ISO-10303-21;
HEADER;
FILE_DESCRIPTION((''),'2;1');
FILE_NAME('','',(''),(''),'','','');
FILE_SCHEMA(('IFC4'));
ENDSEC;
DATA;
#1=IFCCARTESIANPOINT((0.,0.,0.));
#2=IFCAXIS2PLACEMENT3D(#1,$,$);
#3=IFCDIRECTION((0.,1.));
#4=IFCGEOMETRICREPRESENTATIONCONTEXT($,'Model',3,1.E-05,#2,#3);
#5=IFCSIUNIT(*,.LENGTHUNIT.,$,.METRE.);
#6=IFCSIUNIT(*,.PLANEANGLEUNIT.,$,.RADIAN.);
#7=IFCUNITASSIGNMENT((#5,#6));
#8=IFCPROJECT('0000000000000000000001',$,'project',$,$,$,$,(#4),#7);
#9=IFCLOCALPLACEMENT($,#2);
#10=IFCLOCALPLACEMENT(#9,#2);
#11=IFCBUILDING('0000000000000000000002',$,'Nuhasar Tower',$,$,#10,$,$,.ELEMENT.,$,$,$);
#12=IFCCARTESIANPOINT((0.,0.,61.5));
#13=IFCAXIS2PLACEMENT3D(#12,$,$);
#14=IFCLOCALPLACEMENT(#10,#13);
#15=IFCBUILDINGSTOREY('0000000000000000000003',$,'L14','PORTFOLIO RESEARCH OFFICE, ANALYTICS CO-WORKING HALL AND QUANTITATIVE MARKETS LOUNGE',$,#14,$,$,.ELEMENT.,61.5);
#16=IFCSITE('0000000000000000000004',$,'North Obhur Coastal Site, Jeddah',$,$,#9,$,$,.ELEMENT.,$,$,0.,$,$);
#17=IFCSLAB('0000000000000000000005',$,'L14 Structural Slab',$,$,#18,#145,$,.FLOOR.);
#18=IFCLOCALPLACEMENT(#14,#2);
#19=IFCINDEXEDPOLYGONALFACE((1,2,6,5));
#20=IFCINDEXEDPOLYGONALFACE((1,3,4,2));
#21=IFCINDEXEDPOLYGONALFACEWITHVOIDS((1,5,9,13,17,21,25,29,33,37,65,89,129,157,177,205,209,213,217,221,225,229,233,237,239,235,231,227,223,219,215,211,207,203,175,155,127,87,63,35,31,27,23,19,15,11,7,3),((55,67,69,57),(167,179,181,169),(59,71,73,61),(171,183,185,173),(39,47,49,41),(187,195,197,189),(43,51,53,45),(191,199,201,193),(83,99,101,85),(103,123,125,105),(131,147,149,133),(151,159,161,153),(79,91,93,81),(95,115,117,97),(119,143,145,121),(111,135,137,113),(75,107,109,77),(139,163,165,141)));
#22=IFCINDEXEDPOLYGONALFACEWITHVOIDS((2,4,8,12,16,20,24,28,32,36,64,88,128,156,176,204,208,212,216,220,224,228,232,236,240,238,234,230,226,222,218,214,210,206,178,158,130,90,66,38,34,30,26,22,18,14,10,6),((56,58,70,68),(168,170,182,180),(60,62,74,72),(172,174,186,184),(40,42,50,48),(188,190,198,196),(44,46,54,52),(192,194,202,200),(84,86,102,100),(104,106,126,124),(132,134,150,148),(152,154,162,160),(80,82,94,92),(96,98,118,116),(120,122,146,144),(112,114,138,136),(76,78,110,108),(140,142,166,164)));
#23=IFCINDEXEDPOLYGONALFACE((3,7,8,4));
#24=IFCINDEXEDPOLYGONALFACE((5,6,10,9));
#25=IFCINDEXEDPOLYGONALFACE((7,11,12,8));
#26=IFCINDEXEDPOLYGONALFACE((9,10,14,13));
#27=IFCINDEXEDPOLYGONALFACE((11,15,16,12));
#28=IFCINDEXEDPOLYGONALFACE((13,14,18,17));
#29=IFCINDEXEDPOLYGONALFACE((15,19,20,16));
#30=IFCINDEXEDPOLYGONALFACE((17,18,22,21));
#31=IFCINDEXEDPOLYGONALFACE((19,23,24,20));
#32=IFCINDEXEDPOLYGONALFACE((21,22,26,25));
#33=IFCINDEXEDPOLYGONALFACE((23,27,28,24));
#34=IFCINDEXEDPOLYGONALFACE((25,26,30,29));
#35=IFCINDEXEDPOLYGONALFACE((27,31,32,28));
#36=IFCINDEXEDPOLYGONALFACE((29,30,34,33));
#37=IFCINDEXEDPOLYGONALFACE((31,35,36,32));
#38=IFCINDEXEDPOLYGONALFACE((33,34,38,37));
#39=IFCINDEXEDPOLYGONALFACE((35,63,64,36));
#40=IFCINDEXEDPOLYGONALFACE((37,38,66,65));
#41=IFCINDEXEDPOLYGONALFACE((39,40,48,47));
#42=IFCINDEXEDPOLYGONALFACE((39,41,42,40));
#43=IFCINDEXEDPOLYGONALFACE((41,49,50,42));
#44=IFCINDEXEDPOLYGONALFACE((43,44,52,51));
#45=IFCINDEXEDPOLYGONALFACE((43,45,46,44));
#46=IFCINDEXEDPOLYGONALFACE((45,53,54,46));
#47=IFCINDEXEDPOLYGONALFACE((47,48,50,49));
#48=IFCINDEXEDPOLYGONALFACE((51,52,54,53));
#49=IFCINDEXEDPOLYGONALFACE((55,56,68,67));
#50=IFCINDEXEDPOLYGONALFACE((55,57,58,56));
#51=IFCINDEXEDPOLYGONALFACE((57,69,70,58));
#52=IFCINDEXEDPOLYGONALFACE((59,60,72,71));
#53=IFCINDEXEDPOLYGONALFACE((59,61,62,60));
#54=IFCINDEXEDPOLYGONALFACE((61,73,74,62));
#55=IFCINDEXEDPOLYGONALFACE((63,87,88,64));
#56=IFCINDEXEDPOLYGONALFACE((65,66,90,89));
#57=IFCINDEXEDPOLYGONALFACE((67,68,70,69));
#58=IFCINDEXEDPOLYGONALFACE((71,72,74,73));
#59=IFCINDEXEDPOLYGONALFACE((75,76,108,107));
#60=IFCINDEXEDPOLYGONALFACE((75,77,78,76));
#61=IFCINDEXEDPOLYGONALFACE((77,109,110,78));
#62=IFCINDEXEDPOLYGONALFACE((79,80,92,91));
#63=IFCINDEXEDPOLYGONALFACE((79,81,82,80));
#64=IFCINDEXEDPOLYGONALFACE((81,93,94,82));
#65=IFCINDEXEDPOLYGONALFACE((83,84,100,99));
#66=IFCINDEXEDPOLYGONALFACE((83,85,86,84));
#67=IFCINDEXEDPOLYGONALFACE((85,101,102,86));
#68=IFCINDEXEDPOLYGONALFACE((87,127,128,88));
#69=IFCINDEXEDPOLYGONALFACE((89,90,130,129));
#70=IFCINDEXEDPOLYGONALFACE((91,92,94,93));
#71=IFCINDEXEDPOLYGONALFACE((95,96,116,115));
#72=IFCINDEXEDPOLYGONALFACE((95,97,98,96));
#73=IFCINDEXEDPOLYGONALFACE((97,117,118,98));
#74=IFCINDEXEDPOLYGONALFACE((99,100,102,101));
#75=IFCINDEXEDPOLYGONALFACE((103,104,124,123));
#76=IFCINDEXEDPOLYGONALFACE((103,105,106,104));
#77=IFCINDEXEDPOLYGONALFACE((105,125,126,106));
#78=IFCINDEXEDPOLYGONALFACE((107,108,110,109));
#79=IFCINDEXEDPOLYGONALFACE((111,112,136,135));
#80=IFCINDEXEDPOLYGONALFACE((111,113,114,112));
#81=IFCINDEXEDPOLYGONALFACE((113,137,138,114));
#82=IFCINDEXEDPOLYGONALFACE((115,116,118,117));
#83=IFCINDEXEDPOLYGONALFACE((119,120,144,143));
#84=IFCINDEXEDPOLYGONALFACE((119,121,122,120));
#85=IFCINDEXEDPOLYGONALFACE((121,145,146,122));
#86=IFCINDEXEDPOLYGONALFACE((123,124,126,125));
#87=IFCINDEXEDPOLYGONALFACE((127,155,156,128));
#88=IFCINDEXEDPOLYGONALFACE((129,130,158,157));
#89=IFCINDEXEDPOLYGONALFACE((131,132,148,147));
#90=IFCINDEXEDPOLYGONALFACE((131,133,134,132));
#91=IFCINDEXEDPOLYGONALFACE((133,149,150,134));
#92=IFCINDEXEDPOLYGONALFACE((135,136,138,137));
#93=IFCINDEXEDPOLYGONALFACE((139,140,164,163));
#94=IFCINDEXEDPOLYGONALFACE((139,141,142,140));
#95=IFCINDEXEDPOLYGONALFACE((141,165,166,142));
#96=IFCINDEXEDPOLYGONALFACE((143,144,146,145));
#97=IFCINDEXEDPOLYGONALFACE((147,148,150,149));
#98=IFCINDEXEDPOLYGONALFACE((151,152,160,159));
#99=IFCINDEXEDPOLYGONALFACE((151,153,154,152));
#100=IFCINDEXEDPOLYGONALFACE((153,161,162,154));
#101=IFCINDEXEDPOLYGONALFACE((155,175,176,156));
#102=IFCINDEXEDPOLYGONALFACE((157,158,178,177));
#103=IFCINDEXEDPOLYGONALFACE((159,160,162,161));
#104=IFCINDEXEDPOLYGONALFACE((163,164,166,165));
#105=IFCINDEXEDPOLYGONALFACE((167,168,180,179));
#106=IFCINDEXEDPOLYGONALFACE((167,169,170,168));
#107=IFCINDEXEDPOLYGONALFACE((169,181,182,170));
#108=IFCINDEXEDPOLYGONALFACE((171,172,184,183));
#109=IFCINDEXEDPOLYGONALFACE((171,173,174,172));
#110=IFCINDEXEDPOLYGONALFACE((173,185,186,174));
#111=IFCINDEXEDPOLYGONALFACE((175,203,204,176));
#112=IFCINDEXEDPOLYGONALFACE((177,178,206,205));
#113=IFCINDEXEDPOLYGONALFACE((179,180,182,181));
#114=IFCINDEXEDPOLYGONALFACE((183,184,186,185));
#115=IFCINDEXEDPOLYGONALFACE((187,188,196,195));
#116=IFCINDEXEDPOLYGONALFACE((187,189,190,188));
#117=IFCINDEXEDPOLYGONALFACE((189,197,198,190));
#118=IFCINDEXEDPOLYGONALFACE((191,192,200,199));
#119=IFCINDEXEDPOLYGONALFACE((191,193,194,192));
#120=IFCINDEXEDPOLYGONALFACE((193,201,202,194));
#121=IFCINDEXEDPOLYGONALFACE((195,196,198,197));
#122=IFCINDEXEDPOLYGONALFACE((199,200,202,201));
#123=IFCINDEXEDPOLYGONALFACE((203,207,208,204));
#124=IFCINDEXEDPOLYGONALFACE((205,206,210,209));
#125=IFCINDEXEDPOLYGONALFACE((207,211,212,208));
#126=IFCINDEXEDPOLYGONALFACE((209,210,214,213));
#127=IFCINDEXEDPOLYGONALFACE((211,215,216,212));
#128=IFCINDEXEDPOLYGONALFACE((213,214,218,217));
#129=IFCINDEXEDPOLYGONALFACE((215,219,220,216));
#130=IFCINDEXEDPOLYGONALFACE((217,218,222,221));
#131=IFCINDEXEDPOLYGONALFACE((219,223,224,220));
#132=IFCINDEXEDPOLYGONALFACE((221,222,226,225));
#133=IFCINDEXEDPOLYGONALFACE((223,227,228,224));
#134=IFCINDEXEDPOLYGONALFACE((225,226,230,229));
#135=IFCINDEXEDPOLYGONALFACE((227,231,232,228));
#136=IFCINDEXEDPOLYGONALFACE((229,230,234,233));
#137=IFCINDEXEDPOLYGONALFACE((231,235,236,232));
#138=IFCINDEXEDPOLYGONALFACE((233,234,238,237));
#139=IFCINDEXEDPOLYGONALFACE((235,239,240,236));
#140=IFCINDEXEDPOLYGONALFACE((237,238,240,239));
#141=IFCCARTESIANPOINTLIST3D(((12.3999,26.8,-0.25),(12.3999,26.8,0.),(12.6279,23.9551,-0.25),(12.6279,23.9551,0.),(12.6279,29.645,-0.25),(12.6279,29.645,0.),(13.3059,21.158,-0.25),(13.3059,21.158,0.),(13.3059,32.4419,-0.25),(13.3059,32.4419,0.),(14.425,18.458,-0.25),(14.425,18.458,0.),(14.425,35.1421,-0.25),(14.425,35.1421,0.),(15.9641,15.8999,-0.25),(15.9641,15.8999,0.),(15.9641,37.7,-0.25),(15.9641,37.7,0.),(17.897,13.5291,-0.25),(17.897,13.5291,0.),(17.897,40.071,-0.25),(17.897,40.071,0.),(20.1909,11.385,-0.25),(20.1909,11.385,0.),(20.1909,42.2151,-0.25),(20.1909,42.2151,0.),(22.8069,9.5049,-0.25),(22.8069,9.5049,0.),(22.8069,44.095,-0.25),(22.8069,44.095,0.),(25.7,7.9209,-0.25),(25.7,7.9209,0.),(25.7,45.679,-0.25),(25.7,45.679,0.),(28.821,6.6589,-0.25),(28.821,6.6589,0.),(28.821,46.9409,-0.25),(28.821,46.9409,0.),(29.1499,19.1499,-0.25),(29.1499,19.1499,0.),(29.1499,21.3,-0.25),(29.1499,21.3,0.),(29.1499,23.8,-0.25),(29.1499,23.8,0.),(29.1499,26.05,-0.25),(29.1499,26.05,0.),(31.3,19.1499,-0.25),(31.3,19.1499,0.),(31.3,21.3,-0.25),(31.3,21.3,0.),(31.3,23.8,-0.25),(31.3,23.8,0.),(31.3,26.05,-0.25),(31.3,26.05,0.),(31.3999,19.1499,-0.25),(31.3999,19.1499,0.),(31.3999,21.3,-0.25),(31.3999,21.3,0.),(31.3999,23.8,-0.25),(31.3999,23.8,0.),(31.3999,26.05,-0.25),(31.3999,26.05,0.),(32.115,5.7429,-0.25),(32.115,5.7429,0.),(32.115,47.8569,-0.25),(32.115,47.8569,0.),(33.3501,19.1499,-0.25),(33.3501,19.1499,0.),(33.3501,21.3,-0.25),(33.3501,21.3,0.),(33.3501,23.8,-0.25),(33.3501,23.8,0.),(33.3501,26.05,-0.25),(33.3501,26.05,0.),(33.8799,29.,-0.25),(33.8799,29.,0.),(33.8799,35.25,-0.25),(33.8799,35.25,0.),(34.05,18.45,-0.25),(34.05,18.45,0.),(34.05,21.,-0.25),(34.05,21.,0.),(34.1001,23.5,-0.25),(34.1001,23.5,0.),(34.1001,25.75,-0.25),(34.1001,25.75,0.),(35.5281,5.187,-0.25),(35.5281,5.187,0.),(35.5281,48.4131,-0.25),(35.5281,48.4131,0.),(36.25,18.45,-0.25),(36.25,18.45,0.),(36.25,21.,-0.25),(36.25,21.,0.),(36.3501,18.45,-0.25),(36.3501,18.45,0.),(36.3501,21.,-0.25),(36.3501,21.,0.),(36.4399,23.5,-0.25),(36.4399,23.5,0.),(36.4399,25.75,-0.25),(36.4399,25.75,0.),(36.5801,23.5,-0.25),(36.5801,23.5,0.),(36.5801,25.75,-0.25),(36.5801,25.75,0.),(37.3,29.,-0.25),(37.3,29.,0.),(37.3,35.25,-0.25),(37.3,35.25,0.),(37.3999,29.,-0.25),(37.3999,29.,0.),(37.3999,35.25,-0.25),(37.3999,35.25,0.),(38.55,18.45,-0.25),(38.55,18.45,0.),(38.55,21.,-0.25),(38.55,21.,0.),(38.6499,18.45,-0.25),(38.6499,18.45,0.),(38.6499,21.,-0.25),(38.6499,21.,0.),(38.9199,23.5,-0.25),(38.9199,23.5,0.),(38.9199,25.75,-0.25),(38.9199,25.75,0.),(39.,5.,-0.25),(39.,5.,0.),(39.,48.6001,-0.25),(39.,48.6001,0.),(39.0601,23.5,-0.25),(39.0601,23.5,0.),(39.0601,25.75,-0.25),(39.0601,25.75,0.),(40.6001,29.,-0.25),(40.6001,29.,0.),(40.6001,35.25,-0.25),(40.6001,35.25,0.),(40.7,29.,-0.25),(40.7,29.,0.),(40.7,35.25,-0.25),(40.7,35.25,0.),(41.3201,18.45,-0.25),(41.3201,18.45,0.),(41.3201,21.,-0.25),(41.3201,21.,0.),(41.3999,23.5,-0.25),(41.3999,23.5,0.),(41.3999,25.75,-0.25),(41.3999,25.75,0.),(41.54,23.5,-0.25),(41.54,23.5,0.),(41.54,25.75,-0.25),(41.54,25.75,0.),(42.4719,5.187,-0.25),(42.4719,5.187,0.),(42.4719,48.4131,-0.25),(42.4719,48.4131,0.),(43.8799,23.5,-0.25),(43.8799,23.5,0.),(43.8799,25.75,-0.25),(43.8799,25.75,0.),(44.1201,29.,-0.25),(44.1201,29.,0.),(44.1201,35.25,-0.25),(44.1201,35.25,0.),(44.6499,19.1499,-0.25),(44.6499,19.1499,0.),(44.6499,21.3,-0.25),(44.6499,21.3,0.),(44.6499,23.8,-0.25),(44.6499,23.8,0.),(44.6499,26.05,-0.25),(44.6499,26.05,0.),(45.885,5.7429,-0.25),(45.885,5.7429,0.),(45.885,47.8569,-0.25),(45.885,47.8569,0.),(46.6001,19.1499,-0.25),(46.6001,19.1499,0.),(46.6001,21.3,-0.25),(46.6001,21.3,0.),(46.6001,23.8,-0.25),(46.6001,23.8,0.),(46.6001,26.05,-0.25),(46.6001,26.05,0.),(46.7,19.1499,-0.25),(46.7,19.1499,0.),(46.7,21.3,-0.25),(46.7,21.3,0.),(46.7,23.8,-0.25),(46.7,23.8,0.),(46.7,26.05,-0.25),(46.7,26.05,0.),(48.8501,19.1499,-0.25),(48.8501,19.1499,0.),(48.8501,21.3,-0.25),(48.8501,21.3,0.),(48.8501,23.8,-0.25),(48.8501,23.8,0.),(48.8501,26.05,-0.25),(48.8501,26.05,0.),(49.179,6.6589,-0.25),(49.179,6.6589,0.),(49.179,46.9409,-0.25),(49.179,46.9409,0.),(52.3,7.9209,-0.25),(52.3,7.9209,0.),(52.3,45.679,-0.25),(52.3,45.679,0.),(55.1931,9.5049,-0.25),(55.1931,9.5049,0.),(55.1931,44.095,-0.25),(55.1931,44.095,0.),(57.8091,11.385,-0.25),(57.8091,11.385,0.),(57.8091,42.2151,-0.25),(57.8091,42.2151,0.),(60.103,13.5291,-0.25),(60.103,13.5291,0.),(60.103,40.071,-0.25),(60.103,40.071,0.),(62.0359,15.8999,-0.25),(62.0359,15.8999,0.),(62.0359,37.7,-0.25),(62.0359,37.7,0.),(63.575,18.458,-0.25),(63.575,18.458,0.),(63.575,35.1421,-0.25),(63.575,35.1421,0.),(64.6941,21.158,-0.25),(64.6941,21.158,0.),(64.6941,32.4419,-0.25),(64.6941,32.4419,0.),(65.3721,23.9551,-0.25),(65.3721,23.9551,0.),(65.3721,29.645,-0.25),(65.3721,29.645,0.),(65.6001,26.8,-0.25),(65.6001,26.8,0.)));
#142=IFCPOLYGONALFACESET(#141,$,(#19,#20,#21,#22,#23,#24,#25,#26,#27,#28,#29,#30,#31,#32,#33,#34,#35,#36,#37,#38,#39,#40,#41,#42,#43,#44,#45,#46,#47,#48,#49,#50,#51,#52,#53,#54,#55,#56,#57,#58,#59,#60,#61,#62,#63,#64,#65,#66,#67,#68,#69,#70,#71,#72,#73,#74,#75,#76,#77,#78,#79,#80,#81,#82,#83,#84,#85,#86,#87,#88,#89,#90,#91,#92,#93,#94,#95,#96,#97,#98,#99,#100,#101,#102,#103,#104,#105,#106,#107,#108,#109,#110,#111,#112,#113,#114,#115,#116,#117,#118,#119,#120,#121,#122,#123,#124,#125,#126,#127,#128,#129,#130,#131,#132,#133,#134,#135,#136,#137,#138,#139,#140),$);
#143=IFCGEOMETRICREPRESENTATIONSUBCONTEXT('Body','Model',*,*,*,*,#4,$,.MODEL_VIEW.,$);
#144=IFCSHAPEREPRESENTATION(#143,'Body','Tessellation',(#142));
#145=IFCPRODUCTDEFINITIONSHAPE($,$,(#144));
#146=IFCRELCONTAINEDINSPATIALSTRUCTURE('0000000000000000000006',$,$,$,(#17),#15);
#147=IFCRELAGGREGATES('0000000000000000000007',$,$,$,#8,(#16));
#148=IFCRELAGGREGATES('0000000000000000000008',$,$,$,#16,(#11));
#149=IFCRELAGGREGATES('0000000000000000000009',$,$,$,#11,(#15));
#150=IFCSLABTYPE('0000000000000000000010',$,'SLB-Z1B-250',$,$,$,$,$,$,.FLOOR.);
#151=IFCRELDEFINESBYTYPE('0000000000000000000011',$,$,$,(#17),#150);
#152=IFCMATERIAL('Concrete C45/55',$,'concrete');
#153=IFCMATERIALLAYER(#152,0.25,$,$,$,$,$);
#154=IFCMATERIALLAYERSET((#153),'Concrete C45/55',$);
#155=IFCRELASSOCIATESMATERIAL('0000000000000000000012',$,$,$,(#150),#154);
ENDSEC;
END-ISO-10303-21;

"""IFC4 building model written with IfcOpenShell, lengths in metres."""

from ifc_helpers import new_model, si_unit, direction, frame, origin, place, context, subcontext, project, spatial, polyline, outline, extrude, material, layer, layer_set, type_object, element, save


model = new_model("IFC4")

# Units and contexts
model_context = context("Model", 3, precision=1e-05, world=origin(), true_north=direction((0.0, 1.0)))
body_context = subcontext(model_context, "Body", "Model", "MODEL_VIEW")
ifc_project = project(units=[si_unit("LENGTHUNIT", "METRE"), si_unit("PLANEANGLEUNIT", "RADIAN")], contexts=[model_context])

# Site, building, storey
site_placement = place(None, origin())
site = spatial("IfcSite", under=ifc_project, at=site_placement, Name="North Obhur Coastal Site, Jeddah", CompositionType="ELEMENT", RefElevation=0.0)
building_placement = place(site_placement, origin())
building = spatial("IfcBuilding", under=site, at=building_placement, Name="Nuhasar Tower", CompositionType="ELEMENT")
storey_placement = place(building_placement, frame((0.0, 0.0, 61.5)))
storey = spatial("IfcBuildingStorey", under=building, at=storey_placement, Name="L14", Description="PORTFOLIO RESEARCH OFFICE, ANALYTICS CO-WORKING HALL AND QUANTITATIVE MARKETS LOUNGE", CompositionType="ELEMENT", Elevation=61.5)

# Shared definitions
ifc_material_1 = material(Name="Concrete C45/55", Category="concrete")

# Slab
ifc_layer_1 = layer(ifc_material_1, 0.25)
ifc_layer_set_1 = layer_set([ifc_layer_1], Name="Concrete C45/55")
slab_type_1 = type_object("IfcSlabType", Name="SLB-Z1B-250", PredefinedType="FLOOR", material=ifc_layer_set_1)
slab_1_placement = place(storey_placement, frame((0.0, 0.0, -0.25)))
element("IfcSlab", 1, at=slab_1_placement, inside=storey, type_object=slab_type_1, Name="L14 Structural Slab", PredefinedType="FLOOR", context=body_context, shape_type="SweptSolid", body=[
    extrude(outline(polyline([(65.6001, 26.8), (65.3721, 29.645), (64.6941, 32.4419), (63.575, 35.1421), (62.0359, 37.7), (60.103, 40.071), (57.8091, 42.2151), (55.1931, 44.095), (52.3, 45.679), (49.179, 46.9409), (45.885, 47.8569), (42.4719, 48.4131), (39.0, 48.6001), (35.5281, 48.4131), (32.115, 47.8569), (28.821, 46.9409), (25.7, 45.679), (22.8069, 44.095), (20.1909, 42.2151), (17.897, 40.071), (15.9641, 37.7), (14.425, 35.1421), (13.3059, 32.4419), (12.6279, 29.645), (12.3999, 26.8), (12.6279, 23.9551), (13.3059, 21.158), (14.425, 18.458), (15.9641, 15.8999), (17.897, 13.5291), (20.1909, 11.385), (22.8069, 9.5049), (25.7, 7.9209), (28.821, 6.6589), (32.115, 5.7429), (35.5281, 5.187), (39.0, 5.0), (42.4719, 5.187), (45.885, 5.7429), (49.179, 6.6589), (52.3, 7.9209), (55.1931, 9.5049), (57.8091, 11.385), (60.103, 13.5291), (62.0359, 15.8999), (63.575, 18.458), (64.6941, 21.158), (65.3721, 23.9551), (65.6001, 26.8)]), holes=[polyline([(33.8799, 35.25), (37.3, 35.25), (37.3, 29.0), (33.8799, 29.0), (33.8799, 35.25)]), polyline([(37.3999, 35.25), (40.6001, 35.25), (40.6001, 29.0), (37.3999, 29.0), (37.3999, 35.25)]), polyline([(40.7, 35.25), (44.1201, 35.25), (44.1201, 29.0), (40.7, 29.0), (40.7, 35.25)]), polyline([(29.1499, 26.05), (31.3, 26.05), (31.3, 23.8), (29.1499, 23.8), (29.1499, 26.05)]), polyline([(31.3999, 26.05), (33.3501, 26.05), (33.3501, 23.8), (31.3999, 23.8), (31.3999, 26.05)]), polyline([(29.1499, 21.3), (31.3, 21.3), (31.3, 19.1499), (29.1499, 19.1499), (29.1499, 21.3)]), polyline([(31.3999, 21.3), (33.3501, 21.3), (33.3501, 19.1499), (31.3999, 19.1499), (31.3999, 21.3)]), polyline([(44.6499, 26.05), (46.6001, 26.05), (46.6001, 23.8), (44.6499, 23.8), (44.6499, 26.05)]), polyline([(46.7, 26.05), (48.8501, 26.05), (48.8501, 23.8), (46.7, 23.8), (46.7, 26.05)]), polyline([(44.6499, 21.3), (46.6001, 21.3), (46.6001, 19.1499), (44.6499, 19.1499), (44.6499, 21.3)]), polyline([(46.7, 21.3), (48.8501, 21.3), (48.8501, 19.1499), (46.7, 19.1499), (46.7, 21.3)]), polyline([(34.1001, 25.75), (36.4399, 25.75), (36.4399, 23.5), (34.1001, 23.5), (34.1001, 25.75)]), polyline([(36.5801, 25.75), (38.9199, 25.75), (38.9199, 23.5), (36.5801, 23.5), (36.5801, 25.75)]), polyline([(39.0601, 25.75), (41.3999, 25.75), (41.3999, 23.5), (39.0601, 23.5), (39.0601, 25.75)]), polyline([(41.54, 25.75), (43.8799, 25.75), (43.8799, 23.5), (41.54, 23.5), (41.54, 25.75)]), polyline([(34.05, 21.0), (36.25, 21.0), (36.25, 18.45), (34.05, 18.45), (34.05, 21.0)]), polyline([(36.3501, 21.0), (38.55, 21.0), (38.55, 18.45), (36.3501, 18.45), (36.3501, 21.0)]), polyline([(38.6499, 21.0), (41.3201, 21.0), (41.3201, 18.45), (38.6499, 18.45), (38.6499, 21.0)])]), origin(), (0.0, 0.0, 1.0), 0.25),
])

save(model, "model.ifc")
